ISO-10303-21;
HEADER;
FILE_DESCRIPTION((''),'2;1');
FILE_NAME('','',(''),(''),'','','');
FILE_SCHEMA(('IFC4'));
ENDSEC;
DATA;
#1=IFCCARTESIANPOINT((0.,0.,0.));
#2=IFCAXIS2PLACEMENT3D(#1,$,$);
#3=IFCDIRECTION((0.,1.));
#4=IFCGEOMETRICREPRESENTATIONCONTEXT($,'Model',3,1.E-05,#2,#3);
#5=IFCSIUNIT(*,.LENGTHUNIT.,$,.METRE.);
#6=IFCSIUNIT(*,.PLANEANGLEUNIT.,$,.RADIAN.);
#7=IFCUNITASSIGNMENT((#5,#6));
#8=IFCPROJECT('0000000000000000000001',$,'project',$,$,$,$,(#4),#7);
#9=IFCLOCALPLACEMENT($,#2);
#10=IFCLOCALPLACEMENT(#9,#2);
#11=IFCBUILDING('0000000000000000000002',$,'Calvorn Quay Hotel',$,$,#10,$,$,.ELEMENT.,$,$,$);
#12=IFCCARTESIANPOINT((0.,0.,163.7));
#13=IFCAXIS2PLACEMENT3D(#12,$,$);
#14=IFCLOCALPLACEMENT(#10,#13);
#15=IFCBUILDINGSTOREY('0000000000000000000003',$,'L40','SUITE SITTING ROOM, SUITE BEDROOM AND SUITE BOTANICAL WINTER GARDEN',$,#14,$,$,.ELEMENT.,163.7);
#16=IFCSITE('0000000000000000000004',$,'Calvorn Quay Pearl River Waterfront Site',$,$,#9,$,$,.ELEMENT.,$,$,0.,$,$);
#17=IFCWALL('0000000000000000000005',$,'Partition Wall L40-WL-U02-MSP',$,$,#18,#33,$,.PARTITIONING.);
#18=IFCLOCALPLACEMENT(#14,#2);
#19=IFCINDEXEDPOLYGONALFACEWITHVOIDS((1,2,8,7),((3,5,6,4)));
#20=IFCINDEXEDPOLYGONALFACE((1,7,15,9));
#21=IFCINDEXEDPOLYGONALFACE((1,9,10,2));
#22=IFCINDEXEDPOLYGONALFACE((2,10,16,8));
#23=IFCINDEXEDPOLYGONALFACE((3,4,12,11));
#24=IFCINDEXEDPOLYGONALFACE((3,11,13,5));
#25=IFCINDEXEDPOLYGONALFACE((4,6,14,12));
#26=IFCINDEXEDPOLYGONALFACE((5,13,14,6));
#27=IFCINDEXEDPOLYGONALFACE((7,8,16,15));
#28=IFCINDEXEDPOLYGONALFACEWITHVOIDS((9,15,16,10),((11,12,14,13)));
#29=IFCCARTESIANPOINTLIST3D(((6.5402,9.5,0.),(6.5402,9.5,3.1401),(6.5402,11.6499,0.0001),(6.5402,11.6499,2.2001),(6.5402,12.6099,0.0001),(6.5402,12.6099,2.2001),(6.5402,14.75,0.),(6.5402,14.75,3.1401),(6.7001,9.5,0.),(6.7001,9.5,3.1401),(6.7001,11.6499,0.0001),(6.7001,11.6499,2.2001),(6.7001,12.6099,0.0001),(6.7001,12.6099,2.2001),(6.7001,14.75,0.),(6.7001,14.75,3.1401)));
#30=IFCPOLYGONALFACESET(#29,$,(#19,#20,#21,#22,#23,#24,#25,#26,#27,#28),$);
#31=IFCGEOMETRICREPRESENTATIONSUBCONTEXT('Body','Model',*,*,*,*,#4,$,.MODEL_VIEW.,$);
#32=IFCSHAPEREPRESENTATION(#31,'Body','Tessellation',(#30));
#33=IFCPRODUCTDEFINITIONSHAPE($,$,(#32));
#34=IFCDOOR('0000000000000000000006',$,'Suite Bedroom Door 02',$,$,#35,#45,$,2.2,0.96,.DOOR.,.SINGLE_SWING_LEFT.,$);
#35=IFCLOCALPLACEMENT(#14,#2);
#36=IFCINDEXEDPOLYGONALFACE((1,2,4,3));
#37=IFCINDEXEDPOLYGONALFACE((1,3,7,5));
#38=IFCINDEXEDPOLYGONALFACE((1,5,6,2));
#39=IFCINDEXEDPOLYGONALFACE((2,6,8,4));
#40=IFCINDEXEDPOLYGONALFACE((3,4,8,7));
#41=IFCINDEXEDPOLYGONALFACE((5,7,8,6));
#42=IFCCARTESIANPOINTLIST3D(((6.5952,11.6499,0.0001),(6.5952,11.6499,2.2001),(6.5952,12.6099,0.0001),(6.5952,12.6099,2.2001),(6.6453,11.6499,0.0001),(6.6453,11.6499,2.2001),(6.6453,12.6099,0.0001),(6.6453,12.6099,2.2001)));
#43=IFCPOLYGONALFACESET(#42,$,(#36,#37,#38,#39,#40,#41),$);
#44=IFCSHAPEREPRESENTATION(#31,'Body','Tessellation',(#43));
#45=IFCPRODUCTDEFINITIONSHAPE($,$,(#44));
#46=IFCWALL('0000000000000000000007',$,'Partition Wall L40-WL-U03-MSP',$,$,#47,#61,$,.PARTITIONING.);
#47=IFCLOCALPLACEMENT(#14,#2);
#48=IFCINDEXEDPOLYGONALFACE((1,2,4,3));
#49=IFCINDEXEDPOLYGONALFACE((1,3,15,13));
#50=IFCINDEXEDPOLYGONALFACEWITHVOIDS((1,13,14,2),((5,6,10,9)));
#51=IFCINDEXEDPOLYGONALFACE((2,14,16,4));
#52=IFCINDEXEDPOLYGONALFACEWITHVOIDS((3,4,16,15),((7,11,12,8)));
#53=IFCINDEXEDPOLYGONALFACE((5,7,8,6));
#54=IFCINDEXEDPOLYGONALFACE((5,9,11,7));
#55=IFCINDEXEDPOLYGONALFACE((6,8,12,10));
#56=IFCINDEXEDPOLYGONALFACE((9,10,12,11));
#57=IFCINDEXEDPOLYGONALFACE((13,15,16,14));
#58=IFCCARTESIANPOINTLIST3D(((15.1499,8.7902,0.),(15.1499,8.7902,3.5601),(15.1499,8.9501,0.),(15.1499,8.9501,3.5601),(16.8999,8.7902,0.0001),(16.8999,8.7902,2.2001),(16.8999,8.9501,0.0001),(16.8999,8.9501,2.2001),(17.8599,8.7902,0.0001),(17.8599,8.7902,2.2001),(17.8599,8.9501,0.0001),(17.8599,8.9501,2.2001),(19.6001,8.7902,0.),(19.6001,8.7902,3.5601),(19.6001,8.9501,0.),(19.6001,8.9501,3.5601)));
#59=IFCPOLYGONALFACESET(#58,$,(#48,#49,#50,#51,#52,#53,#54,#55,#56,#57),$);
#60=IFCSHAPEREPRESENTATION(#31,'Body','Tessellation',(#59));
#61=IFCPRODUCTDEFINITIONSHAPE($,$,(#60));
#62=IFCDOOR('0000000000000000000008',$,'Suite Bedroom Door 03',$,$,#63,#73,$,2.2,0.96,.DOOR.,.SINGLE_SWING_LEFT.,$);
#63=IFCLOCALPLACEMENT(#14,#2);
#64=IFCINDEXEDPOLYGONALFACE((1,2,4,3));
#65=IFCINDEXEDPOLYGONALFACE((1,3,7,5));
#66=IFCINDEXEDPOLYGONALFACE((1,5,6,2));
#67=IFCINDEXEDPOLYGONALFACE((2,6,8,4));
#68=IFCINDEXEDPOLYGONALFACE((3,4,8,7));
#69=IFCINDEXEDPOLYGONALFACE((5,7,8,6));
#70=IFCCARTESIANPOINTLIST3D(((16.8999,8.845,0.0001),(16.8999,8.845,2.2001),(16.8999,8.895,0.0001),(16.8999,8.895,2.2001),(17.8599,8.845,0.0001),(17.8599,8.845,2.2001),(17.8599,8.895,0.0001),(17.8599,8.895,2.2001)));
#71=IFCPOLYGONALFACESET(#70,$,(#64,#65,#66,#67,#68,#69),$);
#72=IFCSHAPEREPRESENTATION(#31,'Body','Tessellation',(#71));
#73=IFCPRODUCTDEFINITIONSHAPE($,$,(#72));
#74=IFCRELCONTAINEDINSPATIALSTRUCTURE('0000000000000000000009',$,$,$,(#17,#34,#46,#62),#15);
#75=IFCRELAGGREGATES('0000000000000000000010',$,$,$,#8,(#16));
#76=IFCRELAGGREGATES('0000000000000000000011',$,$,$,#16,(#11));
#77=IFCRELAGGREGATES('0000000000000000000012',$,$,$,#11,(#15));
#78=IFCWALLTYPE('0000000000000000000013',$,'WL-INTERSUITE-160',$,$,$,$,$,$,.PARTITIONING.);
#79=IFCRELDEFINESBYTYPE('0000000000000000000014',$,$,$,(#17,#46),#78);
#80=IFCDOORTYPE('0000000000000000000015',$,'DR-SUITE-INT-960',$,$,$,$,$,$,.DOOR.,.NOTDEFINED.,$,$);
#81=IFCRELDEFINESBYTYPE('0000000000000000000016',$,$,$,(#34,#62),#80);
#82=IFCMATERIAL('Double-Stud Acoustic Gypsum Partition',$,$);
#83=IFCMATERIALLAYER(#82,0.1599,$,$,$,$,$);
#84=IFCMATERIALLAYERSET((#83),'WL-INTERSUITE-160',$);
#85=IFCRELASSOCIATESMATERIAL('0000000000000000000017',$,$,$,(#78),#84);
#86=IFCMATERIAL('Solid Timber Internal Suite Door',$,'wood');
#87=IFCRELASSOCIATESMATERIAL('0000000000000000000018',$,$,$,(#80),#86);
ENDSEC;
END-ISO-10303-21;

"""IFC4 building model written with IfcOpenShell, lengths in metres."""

from ifc_helpers import new_model, si_unit, direction, frame, frame_2d, origin, place, context, subcontext, project, spatial, rectangle, extrude, material, layer, layer_set, type_object, element, fill, save


model = new_model("IFC4")

# Units and contexts
model_context = context("Model", 3, precision=1e-05, world=origin(), true_north=direction((0.0, 1.0)))
body_context = subcontext(model_context, "Body", "Model", "MODEL_VIEW")
ifc_project = project(units=[si_unit("LENGTHUNIT", "METRE"), si_unit("PLANEANGLEUNIT", "RADIAN")], contexts=[model_context])

# Site, building, storey
site_placement = place(None, origin())
site = spatial("IfcSite", under=ifc_project, at=site_placement, Name="Calvorn Quay Pearl River Waterfront Site", CompositionType="ELEMENT", RefElevation=0.0)
building_placement = place(site_placement, origin())
building = spatial("IfcBuilding", under=site, at=building_placement, Name="Calvorn Quay Hotel", CompositionType="ELEMENT")
storey_placement = place(building_placement, frame((0.0, 0.0, 163.7)))
storey = spatial("IfcBuildingStorey", under=building, at=storey_placement, Name="L40", Description="SUITE SITTING ROOM, SUITE BEDROOM AND SUITE BOTANICAL WINTER GARDEN", CompositionType="ELEMENT", Elevation=163.7)

# Walls, openings, doors
ifc_material_1 = material(Name="Double-Stud Acoustic Gypsum Partition")
ifc_layer_1 = layer(ifc_material_1, 0.1599)
ifc_layer_set_1 = layer_set([ifc_layer_1], Name="WL-INTERSUITE-160")
wall_type_1 = type_object("IfcWallType", Name="WL-INTERSUITE-160", PredefinedType="PARTITIONING", material=ifc_layer_set_1)
ifc_material_2 = material(Name="Solid Timber Internal Suite Door", Category="wood")
door_type_1 = type_object("IfcDoorType", Name="DR-SUITE-INT-960", OperationType="NOTDEFINED", PredefinedType="DOOR", material=ifc_material_2)
wall_1_placement = place(storey_placement, frame((6.6201, 9.5, 0.0), z_axis=(0.0, 0.0, 1.0), x_axis=(0.0, 1.0, 0.0)))
wall_1 = element("IfcWall", 1, at=wall_1_placement, inside=storey, type_object=wall_type_1, Name="Partition Wall L40-WL-U02-MSP", PredefinedType="PARTITIONING", context=body_context, shape_type="SweptSolid", body=[
    extrude(rectangle(XDim=5.25, YDim=0.1599, at=frame_2d((2.625, 0.0))), origin(), (0.0, 0.0, 1.0), 3.1401),
])
opening_1_placement = place(wall_1_placement, frame((2.1499, 0.0, 0.0)))
opening_1 = element("IfcOpeningElement", 2, at=opening_1_placement, cuts=wall_1, PredefinedType="OPENING", context=body_context, shape_type="SweptSolid", body=[
    extrude(rectangle(XDim=0.96, YDim=2.2, at=frame_2d((0.48, 1.1001))), frame((0.0, 0.0898, 0.0), z_axis=(0.0, -1.0, 0.0), x_axis=(1.0, 0.0, 0.0)), (0.0, 0.0, 1.0), 0.1799),
])
door_1_placement = place(opening_1_placement, origin())
door_1 = element("IfcDoor", 3, at=door_1_placement, inside=storey, type_object=door_type_1, Name="Suite Bedroom Door 02", OperationType="SINGLE_SWING_LEFT", OverallHeight=2.2, OverallWidth=0.96, PredefinedType="DOOR", context=body_context, shape_type="SweptSolid", body=[
    extrude(rectangle(XDim=0.96, YDim=2.2, at=frame_2d((0.48, 1.1001))), frame((0.0, 0.0249, 0.0), z_axis=(0.0, -1.0, 0.0), x_axis=(1.0, 0.0, 0.0)), (0.0, 0.0, 1.0), 0.05),
])
fill(opening_1, door_1)
wall_2_placement = place(storey_placement, frame((15.1499, 8.8701, 0.0), z_axis=(0.0, 0.0, 1.0), x_axis=(1.0, 0.0, 0.0)))
wall_2 = element("IfcWall", 4, at=wall_2_placement, inside=storey, type_object=wall_type_1, Name="Partition Wall L40-WL-U03-MSP", PredefinedType="PARTITIONING", context=body_context, shape_type="SweptSolid", body=[
    extrude(rectangle(XDim=4.4502, YDim=0.1599, at=frame_2d((2.2251, 0.0))), origin(), (0.0, 0.0, 1.0), 3.5601),
])
opening_2_placement = place(wall_2_placement, frame((1.75, 0.0, 0.0)))
opening_2 = element("IfcOpeningElement", 5, at=opening_2_placement, cuts=wall_2, PredefinedType="OPENING", context=body_context, shape_type="SweptSolid", body=[
    extrude(rectangle(XDim=0.96, YDim=2.2, at=frame_2d((0.48, 1.1001))), frame((0.0, 0.0898, 0.0), z_axis=(0.0, -1.0, 0.0), x_axis=(1.0, 0.0, 0.0)), (0.0, 0.0, 1.0), 0.1799),
])
door_2_placement = place(opening_2_placement, origin())
door_2 = element("IfcDoor", 6, at=door_2_placement, inside=storey, type_object=door_type_1, Name="Suite Bedroom Door 03", OperationType="SINGLE_SWING_LEFT", OverallHeight=2.2, OverallWidth=0.96, PredefinedType="DOOR", context=body_context, shape_type="SweptSolid", body=[
    extrude(rectangle(XDim=0.96, YDim=2.2, at=frame_2d((0.48, 1.1001))), frame((0.0, 0.0249, 0.0), z_axis=(0.0, -1.0, 0.0), x_axis=(1.0, 0.0, 0.0)), (0.0, 0.0, 1.0), 0.05),
])
fill(opening_2, door_2)

save(model, "model.ifc")
